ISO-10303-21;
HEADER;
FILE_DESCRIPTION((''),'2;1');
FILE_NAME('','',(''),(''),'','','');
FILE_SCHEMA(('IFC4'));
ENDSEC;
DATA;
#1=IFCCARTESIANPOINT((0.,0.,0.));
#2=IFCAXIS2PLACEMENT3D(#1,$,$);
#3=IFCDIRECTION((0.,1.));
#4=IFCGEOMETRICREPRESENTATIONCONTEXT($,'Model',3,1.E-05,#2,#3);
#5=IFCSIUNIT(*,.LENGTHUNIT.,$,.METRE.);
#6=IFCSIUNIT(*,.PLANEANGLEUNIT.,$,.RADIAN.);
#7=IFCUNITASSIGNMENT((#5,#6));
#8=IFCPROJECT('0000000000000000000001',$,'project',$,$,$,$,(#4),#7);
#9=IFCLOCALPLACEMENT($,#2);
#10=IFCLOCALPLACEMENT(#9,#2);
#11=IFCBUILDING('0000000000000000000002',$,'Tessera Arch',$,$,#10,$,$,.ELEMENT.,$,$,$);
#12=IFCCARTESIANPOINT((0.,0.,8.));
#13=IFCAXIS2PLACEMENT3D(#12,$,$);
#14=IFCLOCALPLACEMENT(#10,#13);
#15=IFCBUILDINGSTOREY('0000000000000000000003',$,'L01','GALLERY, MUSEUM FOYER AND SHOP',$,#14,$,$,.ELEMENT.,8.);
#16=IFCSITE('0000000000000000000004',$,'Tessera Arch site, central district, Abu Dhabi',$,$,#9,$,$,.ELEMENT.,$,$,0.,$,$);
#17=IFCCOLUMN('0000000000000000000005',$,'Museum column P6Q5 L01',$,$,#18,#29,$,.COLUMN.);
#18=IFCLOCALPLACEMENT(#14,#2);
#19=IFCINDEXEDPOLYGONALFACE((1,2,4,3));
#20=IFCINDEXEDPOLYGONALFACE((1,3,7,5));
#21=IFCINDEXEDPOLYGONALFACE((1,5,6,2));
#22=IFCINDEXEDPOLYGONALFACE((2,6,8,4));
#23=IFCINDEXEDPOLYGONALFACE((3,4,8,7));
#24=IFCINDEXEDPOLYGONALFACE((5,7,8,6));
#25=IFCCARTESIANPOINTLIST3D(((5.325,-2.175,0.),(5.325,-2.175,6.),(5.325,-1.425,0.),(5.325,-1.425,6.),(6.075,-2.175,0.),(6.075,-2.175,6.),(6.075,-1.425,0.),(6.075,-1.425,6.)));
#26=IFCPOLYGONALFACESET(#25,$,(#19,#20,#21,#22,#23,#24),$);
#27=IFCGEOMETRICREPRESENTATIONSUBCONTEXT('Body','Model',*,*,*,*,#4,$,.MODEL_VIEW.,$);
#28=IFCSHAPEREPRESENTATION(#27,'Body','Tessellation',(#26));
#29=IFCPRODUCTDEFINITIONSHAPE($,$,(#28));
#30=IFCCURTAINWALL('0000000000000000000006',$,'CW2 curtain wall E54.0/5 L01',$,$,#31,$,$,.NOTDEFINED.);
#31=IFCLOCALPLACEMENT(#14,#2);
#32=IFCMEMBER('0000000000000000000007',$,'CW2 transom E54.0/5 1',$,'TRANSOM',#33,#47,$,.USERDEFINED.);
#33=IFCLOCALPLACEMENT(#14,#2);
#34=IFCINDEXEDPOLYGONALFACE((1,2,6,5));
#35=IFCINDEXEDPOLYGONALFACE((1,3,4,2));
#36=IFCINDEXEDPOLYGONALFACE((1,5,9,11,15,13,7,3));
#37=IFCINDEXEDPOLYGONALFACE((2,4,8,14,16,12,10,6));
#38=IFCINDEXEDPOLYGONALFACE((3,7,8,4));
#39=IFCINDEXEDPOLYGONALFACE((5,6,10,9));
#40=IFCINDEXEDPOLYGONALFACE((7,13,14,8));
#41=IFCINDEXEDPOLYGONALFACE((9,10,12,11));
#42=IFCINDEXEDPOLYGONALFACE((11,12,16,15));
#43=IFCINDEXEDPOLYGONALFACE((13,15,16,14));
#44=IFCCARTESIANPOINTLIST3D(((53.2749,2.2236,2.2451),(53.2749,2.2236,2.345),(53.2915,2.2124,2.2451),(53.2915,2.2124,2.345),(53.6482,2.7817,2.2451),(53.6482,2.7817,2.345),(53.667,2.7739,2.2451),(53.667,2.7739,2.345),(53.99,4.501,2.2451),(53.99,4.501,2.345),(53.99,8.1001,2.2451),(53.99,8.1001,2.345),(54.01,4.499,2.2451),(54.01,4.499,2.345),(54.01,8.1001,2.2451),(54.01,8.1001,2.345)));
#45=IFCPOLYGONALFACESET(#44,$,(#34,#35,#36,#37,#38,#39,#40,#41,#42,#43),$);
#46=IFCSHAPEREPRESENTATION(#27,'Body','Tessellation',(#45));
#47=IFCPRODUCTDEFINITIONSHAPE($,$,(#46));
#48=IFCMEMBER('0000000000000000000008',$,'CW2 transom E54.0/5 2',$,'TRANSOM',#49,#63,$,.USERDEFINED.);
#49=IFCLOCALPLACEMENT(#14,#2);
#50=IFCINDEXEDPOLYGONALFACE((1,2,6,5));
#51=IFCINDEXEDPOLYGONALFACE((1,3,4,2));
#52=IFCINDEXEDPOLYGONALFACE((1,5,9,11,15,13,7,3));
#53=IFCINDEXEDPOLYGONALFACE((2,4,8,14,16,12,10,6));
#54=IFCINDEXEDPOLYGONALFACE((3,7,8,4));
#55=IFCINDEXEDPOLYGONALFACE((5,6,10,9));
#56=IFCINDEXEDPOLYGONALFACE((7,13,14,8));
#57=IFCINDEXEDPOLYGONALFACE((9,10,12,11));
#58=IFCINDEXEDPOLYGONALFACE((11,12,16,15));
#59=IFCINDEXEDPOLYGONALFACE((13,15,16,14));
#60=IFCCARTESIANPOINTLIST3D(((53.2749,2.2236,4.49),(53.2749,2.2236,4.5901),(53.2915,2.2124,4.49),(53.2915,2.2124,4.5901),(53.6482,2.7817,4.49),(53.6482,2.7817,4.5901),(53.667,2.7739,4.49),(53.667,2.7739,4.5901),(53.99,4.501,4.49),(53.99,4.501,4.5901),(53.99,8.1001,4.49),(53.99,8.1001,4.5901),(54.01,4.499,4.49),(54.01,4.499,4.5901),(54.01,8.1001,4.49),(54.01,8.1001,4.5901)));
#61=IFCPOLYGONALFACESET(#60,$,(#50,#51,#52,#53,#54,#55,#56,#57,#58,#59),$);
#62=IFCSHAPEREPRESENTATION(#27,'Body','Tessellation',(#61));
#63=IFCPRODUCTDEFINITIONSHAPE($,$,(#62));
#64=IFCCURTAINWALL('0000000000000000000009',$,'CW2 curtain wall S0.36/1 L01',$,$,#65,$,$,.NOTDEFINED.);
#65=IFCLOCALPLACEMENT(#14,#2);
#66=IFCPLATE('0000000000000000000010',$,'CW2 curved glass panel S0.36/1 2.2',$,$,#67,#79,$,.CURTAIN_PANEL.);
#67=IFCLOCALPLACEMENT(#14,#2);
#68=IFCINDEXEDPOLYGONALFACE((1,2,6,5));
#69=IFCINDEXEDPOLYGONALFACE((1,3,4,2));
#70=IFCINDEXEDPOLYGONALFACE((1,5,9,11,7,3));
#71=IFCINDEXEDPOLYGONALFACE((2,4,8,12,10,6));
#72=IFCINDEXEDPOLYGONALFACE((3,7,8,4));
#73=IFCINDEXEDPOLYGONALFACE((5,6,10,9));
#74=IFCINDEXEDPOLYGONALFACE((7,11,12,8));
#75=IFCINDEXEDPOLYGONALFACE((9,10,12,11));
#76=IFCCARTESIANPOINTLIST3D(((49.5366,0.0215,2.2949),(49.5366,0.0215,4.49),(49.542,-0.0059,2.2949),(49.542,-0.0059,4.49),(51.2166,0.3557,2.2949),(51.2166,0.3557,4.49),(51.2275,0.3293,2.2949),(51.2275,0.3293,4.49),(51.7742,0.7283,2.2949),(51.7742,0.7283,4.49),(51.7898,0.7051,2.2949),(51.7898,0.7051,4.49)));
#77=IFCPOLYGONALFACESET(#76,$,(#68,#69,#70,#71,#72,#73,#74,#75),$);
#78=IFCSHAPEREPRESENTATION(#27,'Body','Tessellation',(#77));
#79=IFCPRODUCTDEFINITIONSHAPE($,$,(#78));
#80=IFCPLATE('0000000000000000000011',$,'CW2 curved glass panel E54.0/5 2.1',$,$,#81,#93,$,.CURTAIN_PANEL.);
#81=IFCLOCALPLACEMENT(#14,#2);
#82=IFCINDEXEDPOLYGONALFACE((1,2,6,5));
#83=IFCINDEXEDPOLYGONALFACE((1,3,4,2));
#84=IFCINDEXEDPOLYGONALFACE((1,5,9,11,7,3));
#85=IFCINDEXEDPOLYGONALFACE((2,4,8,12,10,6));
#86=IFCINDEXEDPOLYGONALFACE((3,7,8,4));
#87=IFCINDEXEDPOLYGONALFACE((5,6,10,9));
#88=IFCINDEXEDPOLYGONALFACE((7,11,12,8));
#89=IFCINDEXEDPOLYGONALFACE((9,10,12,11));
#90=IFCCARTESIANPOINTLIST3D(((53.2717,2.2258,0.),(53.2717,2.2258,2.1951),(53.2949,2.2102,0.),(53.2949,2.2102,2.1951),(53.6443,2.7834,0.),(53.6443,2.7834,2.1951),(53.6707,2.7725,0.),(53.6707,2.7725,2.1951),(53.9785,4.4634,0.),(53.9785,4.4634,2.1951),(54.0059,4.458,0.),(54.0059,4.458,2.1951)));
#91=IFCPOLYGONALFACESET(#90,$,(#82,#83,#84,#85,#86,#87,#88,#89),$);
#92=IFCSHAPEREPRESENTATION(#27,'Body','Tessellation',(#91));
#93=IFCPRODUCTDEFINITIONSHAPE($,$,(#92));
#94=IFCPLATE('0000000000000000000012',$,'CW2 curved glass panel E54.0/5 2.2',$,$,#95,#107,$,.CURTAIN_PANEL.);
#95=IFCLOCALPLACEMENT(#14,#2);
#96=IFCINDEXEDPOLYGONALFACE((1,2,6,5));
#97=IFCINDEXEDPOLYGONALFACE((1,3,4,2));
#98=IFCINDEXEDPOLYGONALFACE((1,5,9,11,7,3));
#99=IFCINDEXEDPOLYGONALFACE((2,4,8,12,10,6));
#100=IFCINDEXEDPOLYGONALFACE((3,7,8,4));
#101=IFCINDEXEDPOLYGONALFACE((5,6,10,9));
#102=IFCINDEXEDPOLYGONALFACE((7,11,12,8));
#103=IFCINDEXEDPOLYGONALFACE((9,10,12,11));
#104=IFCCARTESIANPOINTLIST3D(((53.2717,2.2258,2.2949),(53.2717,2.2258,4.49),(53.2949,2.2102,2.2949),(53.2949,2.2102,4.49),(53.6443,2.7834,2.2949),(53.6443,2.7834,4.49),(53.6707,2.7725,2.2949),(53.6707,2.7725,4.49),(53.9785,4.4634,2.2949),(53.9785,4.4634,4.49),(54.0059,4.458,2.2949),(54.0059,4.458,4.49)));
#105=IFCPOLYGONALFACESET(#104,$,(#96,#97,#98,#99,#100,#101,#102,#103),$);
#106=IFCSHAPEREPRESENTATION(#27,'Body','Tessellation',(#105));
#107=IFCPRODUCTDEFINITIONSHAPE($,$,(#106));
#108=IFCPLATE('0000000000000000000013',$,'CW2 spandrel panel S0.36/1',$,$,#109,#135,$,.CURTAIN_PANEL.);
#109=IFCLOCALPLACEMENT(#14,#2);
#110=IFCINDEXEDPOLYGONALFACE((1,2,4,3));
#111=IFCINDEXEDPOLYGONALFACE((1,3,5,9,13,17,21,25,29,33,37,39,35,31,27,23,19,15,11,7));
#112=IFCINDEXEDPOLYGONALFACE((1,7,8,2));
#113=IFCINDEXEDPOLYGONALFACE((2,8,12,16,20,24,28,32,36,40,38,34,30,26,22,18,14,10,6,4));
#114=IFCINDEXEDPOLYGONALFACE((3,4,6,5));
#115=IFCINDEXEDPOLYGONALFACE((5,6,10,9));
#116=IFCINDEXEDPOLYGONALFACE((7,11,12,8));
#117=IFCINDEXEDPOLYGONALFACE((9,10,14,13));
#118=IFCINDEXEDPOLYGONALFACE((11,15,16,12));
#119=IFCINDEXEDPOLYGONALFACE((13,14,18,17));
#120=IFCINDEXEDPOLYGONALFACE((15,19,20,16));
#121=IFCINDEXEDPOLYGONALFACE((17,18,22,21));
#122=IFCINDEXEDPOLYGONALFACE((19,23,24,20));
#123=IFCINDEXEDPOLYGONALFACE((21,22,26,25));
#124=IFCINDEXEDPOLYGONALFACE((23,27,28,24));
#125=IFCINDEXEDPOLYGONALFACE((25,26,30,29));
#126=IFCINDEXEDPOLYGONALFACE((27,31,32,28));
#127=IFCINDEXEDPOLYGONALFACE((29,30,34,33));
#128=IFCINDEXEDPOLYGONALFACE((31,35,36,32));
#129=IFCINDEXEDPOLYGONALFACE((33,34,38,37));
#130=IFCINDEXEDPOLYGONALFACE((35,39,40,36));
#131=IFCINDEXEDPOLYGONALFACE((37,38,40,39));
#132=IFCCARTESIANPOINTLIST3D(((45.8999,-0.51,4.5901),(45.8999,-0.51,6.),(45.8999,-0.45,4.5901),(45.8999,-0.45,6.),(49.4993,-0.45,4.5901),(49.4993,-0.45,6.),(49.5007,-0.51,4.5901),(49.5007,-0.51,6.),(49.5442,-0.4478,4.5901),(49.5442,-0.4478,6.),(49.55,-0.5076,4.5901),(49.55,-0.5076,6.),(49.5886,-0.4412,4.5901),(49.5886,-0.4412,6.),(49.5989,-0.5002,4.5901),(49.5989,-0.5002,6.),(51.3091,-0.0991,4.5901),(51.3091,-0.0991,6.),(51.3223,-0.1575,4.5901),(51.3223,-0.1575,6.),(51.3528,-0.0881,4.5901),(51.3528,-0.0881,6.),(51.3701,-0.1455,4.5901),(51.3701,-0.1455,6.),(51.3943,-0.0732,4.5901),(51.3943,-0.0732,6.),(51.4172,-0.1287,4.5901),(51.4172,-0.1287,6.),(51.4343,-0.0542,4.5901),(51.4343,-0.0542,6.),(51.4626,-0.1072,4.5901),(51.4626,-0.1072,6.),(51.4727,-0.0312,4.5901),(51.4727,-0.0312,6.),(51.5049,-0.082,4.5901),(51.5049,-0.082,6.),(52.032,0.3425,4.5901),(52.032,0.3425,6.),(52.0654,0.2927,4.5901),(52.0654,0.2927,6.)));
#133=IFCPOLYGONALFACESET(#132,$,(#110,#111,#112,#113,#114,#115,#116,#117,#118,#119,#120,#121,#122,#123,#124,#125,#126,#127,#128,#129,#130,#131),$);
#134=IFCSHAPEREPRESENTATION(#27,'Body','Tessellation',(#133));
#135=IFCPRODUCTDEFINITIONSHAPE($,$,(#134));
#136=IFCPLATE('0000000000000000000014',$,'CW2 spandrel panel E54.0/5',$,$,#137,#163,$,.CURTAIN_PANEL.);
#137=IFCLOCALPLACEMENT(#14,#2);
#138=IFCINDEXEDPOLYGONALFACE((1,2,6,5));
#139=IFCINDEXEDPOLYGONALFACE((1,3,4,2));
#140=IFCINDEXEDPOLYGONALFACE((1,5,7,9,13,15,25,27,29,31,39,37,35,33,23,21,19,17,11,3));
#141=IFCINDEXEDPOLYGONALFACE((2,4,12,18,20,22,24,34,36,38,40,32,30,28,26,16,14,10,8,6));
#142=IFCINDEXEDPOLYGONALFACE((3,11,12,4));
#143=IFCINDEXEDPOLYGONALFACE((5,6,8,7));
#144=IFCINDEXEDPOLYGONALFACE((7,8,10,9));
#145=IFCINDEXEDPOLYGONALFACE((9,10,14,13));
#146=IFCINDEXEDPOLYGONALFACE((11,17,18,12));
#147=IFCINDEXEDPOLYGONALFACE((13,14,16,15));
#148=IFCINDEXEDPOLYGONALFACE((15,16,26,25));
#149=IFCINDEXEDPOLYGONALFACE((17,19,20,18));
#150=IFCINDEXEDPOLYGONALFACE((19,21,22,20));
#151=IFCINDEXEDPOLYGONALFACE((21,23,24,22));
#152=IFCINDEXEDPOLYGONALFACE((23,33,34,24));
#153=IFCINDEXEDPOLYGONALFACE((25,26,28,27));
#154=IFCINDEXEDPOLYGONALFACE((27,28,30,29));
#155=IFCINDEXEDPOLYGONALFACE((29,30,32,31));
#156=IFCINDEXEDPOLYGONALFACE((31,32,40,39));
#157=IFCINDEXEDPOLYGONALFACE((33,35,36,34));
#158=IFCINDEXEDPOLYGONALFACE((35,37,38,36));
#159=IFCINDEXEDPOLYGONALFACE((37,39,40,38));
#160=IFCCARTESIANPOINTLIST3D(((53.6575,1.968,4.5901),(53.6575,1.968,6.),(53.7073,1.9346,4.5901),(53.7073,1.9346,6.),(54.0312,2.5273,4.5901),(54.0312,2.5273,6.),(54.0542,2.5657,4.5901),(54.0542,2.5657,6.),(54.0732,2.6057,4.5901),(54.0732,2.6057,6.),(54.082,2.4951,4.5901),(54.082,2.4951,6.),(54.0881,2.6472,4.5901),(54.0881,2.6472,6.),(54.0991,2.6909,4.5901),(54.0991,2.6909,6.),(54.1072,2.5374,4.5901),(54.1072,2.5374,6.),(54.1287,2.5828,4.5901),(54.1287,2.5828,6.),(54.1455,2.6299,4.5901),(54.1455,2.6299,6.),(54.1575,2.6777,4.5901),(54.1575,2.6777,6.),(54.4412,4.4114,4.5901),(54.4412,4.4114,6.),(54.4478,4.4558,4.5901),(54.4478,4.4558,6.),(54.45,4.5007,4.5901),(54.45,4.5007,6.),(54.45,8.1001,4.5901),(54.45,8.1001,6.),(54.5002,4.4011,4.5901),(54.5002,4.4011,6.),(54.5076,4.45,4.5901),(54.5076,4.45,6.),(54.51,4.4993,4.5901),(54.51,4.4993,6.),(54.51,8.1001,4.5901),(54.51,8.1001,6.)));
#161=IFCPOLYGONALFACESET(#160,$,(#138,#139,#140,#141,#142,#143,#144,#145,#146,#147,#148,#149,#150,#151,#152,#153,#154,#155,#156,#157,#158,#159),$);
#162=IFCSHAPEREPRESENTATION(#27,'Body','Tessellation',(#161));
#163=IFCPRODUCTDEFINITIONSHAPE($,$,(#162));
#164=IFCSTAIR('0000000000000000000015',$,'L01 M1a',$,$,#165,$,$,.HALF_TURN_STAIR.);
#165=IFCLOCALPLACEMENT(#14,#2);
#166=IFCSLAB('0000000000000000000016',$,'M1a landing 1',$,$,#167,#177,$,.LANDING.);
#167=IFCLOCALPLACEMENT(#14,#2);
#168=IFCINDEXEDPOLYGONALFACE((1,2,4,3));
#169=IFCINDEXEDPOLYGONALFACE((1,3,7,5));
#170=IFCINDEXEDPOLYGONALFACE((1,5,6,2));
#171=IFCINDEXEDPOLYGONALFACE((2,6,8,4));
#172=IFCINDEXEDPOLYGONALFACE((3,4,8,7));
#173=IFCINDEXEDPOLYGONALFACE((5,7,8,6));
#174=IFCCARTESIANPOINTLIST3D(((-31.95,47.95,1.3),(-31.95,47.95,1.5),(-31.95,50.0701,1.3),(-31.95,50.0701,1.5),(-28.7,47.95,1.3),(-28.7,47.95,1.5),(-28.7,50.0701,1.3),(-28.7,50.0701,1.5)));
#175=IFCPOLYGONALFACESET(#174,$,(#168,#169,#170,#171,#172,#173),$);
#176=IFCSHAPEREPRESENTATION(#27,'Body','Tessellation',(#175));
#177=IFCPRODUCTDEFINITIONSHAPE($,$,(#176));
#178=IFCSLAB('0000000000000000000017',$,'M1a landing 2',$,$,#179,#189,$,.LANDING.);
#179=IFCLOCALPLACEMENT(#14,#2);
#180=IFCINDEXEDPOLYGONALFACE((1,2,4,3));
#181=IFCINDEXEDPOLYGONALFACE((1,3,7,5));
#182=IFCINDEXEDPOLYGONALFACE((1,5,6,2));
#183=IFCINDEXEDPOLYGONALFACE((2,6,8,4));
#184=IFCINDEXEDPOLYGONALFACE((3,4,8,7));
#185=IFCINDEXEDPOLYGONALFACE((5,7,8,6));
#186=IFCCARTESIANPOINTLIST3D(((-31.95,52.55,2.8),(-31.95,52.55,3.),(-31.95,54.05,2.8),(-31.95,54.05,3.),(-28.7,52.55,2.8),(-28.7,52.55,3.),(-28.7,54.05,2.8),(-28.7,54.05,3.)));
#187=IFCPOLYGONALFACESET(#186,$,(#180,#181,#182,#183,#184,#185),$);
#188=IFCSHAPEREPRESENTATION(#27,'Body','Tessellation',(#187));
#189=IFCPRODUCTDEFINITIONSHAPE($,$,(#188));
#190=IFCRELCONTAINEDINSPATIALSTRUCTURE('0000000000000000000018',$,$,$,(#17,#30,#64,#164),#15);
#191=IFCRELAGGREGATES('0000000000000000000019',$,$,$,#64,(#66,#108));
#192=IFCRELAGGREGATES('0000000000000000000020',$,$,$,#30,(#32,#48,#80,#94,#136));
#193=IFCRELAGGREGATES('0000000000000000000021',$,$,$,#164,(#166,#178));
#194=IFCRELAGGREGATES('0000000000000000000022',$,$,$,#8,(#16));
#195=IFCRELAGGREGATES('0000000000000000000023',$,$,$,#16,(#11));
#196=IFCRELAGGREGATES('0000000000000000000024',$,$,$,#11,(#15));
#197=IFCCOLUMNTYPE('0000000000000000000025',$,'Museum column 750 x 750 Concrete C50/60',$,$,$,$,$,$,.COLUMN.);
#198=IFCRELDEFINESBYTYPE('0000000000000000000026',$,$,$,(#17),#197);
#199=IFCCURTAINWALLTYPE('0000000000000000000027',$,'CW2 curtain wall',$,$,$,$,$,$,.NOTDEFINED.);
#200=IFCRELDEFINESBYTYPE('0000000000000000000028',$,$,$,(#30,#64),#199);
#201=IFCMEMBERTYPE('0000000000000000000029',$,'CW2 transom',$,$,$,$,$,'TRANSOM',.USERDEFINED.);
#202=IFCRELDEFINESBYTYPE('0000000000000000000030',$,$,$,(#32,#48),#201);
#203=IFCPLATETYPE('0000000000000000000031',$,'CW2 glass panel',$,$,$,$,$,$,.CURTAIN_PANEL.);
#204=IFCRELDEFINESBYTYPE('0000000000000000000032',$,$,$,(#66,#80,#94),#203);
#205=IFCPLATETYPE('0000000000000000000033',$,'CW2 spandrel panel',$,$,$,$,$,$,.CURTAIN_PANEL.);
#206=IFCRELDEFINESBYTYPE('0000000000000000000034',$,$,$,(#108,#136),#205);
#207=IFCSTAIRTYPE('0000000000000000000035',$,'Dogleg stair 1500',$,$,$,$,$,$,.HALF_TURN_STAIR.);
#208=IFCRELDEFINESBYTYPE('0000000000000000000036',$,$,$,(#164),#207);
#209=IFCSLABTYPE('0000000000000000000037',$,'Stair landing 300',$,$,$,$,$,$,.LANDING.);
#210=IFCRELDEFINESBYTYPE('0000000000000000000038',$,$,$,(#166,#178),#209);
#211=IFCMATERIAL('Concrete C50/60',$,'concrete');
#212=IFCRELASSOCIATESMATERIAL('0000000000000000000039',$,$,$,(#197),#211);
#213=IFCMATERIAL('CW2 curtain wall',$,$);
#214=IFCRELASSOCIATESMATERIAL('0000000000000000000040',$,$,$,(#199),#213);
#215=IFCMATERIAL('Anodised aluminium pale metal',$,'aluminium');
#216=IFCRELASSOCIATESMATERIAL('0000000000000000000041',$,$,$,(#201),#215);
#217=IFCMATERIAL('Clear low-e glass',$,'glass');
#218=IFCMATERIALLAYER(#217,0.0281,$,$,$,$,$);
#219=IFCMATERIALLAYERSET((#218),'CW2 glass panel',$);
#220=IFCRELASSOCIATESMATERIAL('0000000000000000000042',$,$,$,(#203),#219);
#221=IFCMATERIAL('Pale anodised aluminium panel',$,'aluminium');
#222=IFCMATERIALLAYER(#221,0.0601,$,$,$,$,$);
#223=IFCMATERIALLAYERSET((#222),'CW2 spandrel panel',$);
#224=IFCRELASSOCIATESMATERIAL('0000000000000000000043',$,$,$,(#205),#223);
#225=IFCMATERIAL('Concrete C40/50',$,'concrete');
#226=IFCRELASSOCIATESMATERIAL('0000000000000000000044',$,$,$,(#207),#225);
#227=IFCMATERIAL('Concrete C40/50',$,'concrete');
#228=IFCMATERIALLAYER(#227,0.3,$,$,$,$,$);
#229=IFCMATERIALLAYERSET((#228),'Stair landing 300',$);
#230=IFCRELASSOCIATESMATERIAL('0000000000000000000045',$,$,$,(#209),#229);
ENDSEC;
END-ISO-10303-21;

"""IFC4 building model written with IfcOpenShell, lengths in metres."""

from ifc_helpers import new_model, si_unit, direction, frame, origin, origin_2d, place, context, subcontext, project, spatial, polyline, rectangle, outline, extrude, material, layer, layer_set, material_profile, profile_set, type_object, element, aggregate, save


model = new_model("IFC4")

# Units and contexts
model_context = context("Model", 3, precision=1e-05, world=origin(), true_north=direction((0.0, 1.0)))
body_context = subcontext(model_context, "Body", "Model", "MODEL_VIEW")
ifc_project = project(units=[si_unit("LENGTHUNIT", "METRE"), si_unit("PLANEANGLEUNIT", "RADIAN")], contexts=[model_context])

# Site, building, storey
site_placement = place(None, origin())
site = spatial("IfcSite", under=ifc_project, at=site_placement, Name="Tessera Arch site, central district, Abu Dhabi", CompositionType="ELEMENT", RefElevation=0.0)
building_placement = place(site_placement, origin())
building = spatial("IfcBuilding", under=site, at=building_placement, Name="Tessera Arch", CompositionType="ELEMENT")
storey_placement = place(building_placement, frame((0.0, 0.0, 8.0)))
storey = spatial("IfcBuildingStorey", under=building, at=storey_placement, Name="L01", Description="GALLERY, MUSEUM FOYER AND SHOP", CompositionType="ELEMENT", Elevation=8.0)

# Column
ifc_material_1 = material(Name="Concrete C50/60", Category="concrete")
ifc_material_profile_1 = material_profile(ifc_material_1, rectangle(XDim=0.75, YDim=0.75, at=origin_2d()), Name="Museum column 750 x 750 Concrete C50/60")
ifc_profile_set_1 = profile_set([ifc_material_profile_1], Name="Concrete C50/60")
column_type = type_object("IfcColumnType", Name="Museum column 750 x 750 Concrete C50/60", PredefinedType="COLUMN", material=ifc_profile_set_1)
column_placement = place(storey_placement, frame((5.7, -1.8, 0.0), z_axis=(0.0, 0.0, 1.0), x_axis=(1.0, 0.0, 0.0)))
element("IfcColumn", 1, at=column_placement, inside=storey, type_object=column_type, Name="Museum column P6Q5 L01", PredefinedType="COLUMN", context=body_context, shape_type="SweptSolid", body=[
    extrude(rectangle(XDim=0.75, YDim=0.75, at=origin_2d()), origin(), (0.0, 0.0, 1.0), 6.0),
])

# Curtain wall, members
ifc_material_2 = material(Name="CW2 curtain wall")
curtain_wall_type = type_object("IfcCurtainWallType", Name="CW2 curtain wall", PredefinedType="NOTDEFINED", material=ifc_material_2)
curtain_wall_1_placement = place(storey_placement, origin())
curtain_wall_1 = element("IfcCurtainWall", 2, at=curtain_wall_1_placement, inside=storey, type_object=curtain_wall_type, Name="CW2 curtain wall E54.0/5 L01", PredefinedType="NOTDEFINED")
ifc_material_3 = material(Name="Anodised aluminium pale metal", Category="aluminium")
ifc_material_profile_2 = material_profile(ifc_material_3, rectangle(XDim=0.2, YDim=0.1001, at=origin_2d()), Name="AL 200x100")
ifc_profile_set_2 = profile_set([ifc_material_profile_2], Name="Anodised aluminium pale metal")
member_type = type_object("IfcMemberType", Name="CW2 transom", ElementType="TRANSOM", PredefinedType="USERDEFINED", material=ifc_profile_set_2)
member_1_placement = place(storey_placement, frame((0.0, 0.0, 2.2451)))
member_1 = element("IfcMember", 3, at=member_1_placement, type_object=member_type, Name="CW2 transom E54.0/5 1", ObjectType="TRANSOM", PredefinedType="USERDEFINED", context=body_context, shape_type="SweptSolid", body=[
    extrude(outline(polyline([(53.6482, 2.7817), (53.2749, 2.2236), (53.2915, 2.2124), (53.667, 2.7739), (54.01, 4.499), (54.01, 8.1001), (53.99, 8.1001), (53.99, 4.501), (53.6482, 2.7817)])), origin(), (0.0, 0.0, 1.0), 0.0999),
])
member_2_placement = place(storey_placement, frame((0.0, 0.0, 4.49)))
member_2 = element("IfcMember", 4, at=member_2_placement, type_object=member_type, Name="CW2 transom E54.0/5 2", ObjectType="TRANSOM", PredefinedType="USERDEFINED", context=body_context, shape_type="SweptSolid", body=[
    extrude(outline(polyline([(53.6482, 2.7817), (53.2749, 2.2236), (53.2915, 2.2124), (53.667, 2.7739), (54.01, 4.499), (54.01, 8.1001), (53.99, 8.1001), (53.99, 4.501), (53.6482, 2.7817)])), origin(), (0.0, 0.0, 1.0), 0.1001),
])

# Curtain wall, plate
curtain_wall_2_placement = place(storey_placement, origin())
curtain_wall_2 = element("IfcCurtainWall", 5, at=curtain_wall_2_placement, inside=storey, type_object=curtain_wall_type, Name="CW2 curtain wall S0.36/1 L01", PredefinedType="NOTDEFINED")
ifc_material_4 = material(Name="Clear low-e glass", Category="glass")
ifc_layer_1 = layer(ifc_material_4, 0.0281)
ifc_layer_set_1 = layer_set([ifc_layer_1], Name="CW2 glass panel")
plate_type_1 = type_object("IfcPlateType", Name="CW2 glass panel", PredefinedType="CURTAIN_PANEL", material=ifc_layer_set_1)
plate_1_placement = place(storey_placement, frame((0.0, 0.0, 2.2949)))
plate_1 = element("IfcPlate", 6, at=plate_1_placement, type_object=plate_type_1, Name="CW2 curved glass panel S0.36/1 2.2", PredefinedType="CURTAIN_PANEL", context=body_context, shape_type="SweptSolid", body=[
    extrude(outline(polyline([(51.2166, 0.3557), (49.5366, 0.0215), (49.542, -0.0059), (51.2275, 0.3293), (51.7898, 0.7051), (51.7742, 0.7283), (51.2166, 0.3557)])), origin(), (0.0, 0.0, 1.0), 2.1951),
])

# Plates
plate_2_placement = place(storey_placement, origin())
plate_2 = element("IfcPlate", 7, at=plate_2_placement, type_object=plate_type_1, Name="CW2 curved glass panel E54.0/5 2.1", PredefinedType="CURTAIN_PANEL", context=body_context, shape_type="SweptSolid", body=[
    extrude(outline(polyline([(53.6443, 2.7834), (53.2717, 2.2258), (53.2949, 2.2102), (53.6707, 2.7725), (54.0059, 4.458), (53.9785, 4.4634), (53.6443, 2.7834)])), origin(), (0.0, 0.0, 1.0), 2.1951),
])
plate_3_placement = place(storey_placement, frame((0.0, 0.0, 2.2949)))
plate_3 = element("IfcPlate", 8, at=plate_3_placement, type_object=plate_type_1, Name="CW2 curved glass panel E54.0/5 2.2", PredefinedType="CURTAIN_PANEL", context=body_context, shape_type="SweptSolid", body=[
    extrude(outline(polyline([(53.6443, 2.7834), (53.2717, 2.2258), (53.2949, 2.2102), (53.6707, 2.7725), (54.0059, 4.458), (53.9785, 4.4634), (53.6443, 2.7834)])), origin(), (0.0, 0.0, 1.0), 2.1951),
])
ifc_material_5 = material(Name="Pale anodised aluminium panel", Category="aluminium")
ifc_layer_2 = layer(ifc_material_5, 0.0601)
ifc_layer_set_2 = layer_set([ifc_layer_2], Name="CW2 spandrel panel")
plate_type_2 = type_object("IfcPlateType", Name="CW2 spandrel panel", PredefinedType="CURTAIN_PANEL", material=ifc_layer_set_2)
plate_4_placement = place(storey_placement, frame((0.0, 0.0, 4.5901)))
plate_4 = element("IfcPlate", 9, at=plate_4_placement, type_object=plate_type_2, Name="CW2 spandrel panel S0.36/1", PredefinedType="CURTAIN_PANEL", context=body_context, shape_type="SweptSolid", body=[
    extrude(outline(polyline([(49.4993, -0.45), (45.8999, -0.45), (45.8999, -0.51), (49.5007, -0.51), (49.55, -0.5076), (49.5989, -0.5002), (51.3223, -0.1575), (51.3701, -0.1455), (51.4172, -0.1287), (51.4626, -0.1072), (51.5049, -0.082), (52.0654, 0.2927), (52.032, 0.3425), (51.4727, -0.0312), (51.4343, -0.0542), (51.3943, -0.0732), (51.3528, -0.0881), (51.3091, -0.0991), (49.5886, -0.4412), (49.5442, -0.4478), (49.4993, -0.45)])), origin(), (0.0, 0.0, 1.0), 1.4099),
])
aggregate(curtain_wall_2, [plate_1, plate_4])
plate_5_placement = place(storey_placement, frame((0.0, 0.0, 4.5901)))
plate_5 = element("IfcPlate", 10, at=plate_5_placement, type_object=plate_type_2, Name="CW2 spandrel panel E54.0/5", PredefinedType="CURTAIN_PANEL", context=body_context, shape_type="SweptSolid", body=[
    extrude(outline(polyline([(54.0312, 2.5273), (53.6575, 1.968), (53.7073, 1.9346), (54.082, 2.4951), (54.1072, 2.5374), (54.1287, 2.5828), (54.1455, 2.6299), (54.1575, 2.6777), (54.5002, 4.4011), (54.5076, 4.45), (54.51, 4.4993), (54.51, 8.1001), (54.45, 8.1001), (54.45, 4.5007), (54.4478, 4.4558), (54.4412, 4.4114), (54.0991, 2.6909), (54.0881, 2.6472), (54.0732, 2.6057), (54.0542, 2.5657), (54.0312, 2.5273)])), origin(), (0.0, 0.0, 1.0), 1.4099),
])
aggregate(curtain_wall_1, [member_1, member_2, plate_2, plate_3, plate_5])

# Stair, slabs
ifc_material_6 = material(Name="Concrete C40/50", Category="concrete")
stair_type = type_object("IfcStairType", Name="Dogleg stair 1500", PredefinedType="HALF_TURN_STAIR", material=ifc_material_6)
stair_1_placement = place(storey_placement, origin())
stair_1 = element("IfcStair", 11, at=stair_1_placement, inside=storey, type_object=stair_type, Name="L01 M1a", PredefinedType="HALF_TURN_STAIR")
ifc_material_7 = material(Name="Concrete C40/50", Category="concrete")
ifc_layer_3 = layer(ifc_material_7, 0.3)
ifc_layer_set_3 = layer_set([ifc_layer_3], Name="Stair landing 300")
slab_type = type_object("IfcSlabType", Name="Stair landing 300", PredefinedType="LANDING", material=ifc_layer_set_3)
slab_1_placement = place(storey_placement, frame((0.0, 0.0, 1.3)))
slab_1 = element("IfcSlab", 12, at=slab_1_placement, type_object=slab_type, Name="M1a landing 1", PredefinedType="LANDING", context=body_context, shape_type="SweptSolid", body=[
    extrude(outline(polyline([(-31.95, 50.0701), (-31.95, 47.95), (-28.7, 47.95), (-28.7, 50.0701), (-31.95, 50.0701)])), origin(), (0.0, 0.0, 1.0), 0.2),
])
slab_2_placement = place(storey_placement, frame((0.0, 0.0, 2.8)))
slab_2 = element("IfcSlab", 13, at=slab_2_placement, type_object=slab_type, Name="M1a landing 2", PredefinedType="LANDING", context=body_context, shape_type="SweptSolid", body=[
    extrude(outline(polyline([(-31.95, 54.05), (-31.95, 52.55), (-28.7, 52.55), (-28.7, 54.05), (-31.95, 54.05)])), origin(), (0.0, 0.0, 1.0), 0.2),
])
aggregate(stair_1, [slab_1, slab_2])

save(model, "model.ifc")
